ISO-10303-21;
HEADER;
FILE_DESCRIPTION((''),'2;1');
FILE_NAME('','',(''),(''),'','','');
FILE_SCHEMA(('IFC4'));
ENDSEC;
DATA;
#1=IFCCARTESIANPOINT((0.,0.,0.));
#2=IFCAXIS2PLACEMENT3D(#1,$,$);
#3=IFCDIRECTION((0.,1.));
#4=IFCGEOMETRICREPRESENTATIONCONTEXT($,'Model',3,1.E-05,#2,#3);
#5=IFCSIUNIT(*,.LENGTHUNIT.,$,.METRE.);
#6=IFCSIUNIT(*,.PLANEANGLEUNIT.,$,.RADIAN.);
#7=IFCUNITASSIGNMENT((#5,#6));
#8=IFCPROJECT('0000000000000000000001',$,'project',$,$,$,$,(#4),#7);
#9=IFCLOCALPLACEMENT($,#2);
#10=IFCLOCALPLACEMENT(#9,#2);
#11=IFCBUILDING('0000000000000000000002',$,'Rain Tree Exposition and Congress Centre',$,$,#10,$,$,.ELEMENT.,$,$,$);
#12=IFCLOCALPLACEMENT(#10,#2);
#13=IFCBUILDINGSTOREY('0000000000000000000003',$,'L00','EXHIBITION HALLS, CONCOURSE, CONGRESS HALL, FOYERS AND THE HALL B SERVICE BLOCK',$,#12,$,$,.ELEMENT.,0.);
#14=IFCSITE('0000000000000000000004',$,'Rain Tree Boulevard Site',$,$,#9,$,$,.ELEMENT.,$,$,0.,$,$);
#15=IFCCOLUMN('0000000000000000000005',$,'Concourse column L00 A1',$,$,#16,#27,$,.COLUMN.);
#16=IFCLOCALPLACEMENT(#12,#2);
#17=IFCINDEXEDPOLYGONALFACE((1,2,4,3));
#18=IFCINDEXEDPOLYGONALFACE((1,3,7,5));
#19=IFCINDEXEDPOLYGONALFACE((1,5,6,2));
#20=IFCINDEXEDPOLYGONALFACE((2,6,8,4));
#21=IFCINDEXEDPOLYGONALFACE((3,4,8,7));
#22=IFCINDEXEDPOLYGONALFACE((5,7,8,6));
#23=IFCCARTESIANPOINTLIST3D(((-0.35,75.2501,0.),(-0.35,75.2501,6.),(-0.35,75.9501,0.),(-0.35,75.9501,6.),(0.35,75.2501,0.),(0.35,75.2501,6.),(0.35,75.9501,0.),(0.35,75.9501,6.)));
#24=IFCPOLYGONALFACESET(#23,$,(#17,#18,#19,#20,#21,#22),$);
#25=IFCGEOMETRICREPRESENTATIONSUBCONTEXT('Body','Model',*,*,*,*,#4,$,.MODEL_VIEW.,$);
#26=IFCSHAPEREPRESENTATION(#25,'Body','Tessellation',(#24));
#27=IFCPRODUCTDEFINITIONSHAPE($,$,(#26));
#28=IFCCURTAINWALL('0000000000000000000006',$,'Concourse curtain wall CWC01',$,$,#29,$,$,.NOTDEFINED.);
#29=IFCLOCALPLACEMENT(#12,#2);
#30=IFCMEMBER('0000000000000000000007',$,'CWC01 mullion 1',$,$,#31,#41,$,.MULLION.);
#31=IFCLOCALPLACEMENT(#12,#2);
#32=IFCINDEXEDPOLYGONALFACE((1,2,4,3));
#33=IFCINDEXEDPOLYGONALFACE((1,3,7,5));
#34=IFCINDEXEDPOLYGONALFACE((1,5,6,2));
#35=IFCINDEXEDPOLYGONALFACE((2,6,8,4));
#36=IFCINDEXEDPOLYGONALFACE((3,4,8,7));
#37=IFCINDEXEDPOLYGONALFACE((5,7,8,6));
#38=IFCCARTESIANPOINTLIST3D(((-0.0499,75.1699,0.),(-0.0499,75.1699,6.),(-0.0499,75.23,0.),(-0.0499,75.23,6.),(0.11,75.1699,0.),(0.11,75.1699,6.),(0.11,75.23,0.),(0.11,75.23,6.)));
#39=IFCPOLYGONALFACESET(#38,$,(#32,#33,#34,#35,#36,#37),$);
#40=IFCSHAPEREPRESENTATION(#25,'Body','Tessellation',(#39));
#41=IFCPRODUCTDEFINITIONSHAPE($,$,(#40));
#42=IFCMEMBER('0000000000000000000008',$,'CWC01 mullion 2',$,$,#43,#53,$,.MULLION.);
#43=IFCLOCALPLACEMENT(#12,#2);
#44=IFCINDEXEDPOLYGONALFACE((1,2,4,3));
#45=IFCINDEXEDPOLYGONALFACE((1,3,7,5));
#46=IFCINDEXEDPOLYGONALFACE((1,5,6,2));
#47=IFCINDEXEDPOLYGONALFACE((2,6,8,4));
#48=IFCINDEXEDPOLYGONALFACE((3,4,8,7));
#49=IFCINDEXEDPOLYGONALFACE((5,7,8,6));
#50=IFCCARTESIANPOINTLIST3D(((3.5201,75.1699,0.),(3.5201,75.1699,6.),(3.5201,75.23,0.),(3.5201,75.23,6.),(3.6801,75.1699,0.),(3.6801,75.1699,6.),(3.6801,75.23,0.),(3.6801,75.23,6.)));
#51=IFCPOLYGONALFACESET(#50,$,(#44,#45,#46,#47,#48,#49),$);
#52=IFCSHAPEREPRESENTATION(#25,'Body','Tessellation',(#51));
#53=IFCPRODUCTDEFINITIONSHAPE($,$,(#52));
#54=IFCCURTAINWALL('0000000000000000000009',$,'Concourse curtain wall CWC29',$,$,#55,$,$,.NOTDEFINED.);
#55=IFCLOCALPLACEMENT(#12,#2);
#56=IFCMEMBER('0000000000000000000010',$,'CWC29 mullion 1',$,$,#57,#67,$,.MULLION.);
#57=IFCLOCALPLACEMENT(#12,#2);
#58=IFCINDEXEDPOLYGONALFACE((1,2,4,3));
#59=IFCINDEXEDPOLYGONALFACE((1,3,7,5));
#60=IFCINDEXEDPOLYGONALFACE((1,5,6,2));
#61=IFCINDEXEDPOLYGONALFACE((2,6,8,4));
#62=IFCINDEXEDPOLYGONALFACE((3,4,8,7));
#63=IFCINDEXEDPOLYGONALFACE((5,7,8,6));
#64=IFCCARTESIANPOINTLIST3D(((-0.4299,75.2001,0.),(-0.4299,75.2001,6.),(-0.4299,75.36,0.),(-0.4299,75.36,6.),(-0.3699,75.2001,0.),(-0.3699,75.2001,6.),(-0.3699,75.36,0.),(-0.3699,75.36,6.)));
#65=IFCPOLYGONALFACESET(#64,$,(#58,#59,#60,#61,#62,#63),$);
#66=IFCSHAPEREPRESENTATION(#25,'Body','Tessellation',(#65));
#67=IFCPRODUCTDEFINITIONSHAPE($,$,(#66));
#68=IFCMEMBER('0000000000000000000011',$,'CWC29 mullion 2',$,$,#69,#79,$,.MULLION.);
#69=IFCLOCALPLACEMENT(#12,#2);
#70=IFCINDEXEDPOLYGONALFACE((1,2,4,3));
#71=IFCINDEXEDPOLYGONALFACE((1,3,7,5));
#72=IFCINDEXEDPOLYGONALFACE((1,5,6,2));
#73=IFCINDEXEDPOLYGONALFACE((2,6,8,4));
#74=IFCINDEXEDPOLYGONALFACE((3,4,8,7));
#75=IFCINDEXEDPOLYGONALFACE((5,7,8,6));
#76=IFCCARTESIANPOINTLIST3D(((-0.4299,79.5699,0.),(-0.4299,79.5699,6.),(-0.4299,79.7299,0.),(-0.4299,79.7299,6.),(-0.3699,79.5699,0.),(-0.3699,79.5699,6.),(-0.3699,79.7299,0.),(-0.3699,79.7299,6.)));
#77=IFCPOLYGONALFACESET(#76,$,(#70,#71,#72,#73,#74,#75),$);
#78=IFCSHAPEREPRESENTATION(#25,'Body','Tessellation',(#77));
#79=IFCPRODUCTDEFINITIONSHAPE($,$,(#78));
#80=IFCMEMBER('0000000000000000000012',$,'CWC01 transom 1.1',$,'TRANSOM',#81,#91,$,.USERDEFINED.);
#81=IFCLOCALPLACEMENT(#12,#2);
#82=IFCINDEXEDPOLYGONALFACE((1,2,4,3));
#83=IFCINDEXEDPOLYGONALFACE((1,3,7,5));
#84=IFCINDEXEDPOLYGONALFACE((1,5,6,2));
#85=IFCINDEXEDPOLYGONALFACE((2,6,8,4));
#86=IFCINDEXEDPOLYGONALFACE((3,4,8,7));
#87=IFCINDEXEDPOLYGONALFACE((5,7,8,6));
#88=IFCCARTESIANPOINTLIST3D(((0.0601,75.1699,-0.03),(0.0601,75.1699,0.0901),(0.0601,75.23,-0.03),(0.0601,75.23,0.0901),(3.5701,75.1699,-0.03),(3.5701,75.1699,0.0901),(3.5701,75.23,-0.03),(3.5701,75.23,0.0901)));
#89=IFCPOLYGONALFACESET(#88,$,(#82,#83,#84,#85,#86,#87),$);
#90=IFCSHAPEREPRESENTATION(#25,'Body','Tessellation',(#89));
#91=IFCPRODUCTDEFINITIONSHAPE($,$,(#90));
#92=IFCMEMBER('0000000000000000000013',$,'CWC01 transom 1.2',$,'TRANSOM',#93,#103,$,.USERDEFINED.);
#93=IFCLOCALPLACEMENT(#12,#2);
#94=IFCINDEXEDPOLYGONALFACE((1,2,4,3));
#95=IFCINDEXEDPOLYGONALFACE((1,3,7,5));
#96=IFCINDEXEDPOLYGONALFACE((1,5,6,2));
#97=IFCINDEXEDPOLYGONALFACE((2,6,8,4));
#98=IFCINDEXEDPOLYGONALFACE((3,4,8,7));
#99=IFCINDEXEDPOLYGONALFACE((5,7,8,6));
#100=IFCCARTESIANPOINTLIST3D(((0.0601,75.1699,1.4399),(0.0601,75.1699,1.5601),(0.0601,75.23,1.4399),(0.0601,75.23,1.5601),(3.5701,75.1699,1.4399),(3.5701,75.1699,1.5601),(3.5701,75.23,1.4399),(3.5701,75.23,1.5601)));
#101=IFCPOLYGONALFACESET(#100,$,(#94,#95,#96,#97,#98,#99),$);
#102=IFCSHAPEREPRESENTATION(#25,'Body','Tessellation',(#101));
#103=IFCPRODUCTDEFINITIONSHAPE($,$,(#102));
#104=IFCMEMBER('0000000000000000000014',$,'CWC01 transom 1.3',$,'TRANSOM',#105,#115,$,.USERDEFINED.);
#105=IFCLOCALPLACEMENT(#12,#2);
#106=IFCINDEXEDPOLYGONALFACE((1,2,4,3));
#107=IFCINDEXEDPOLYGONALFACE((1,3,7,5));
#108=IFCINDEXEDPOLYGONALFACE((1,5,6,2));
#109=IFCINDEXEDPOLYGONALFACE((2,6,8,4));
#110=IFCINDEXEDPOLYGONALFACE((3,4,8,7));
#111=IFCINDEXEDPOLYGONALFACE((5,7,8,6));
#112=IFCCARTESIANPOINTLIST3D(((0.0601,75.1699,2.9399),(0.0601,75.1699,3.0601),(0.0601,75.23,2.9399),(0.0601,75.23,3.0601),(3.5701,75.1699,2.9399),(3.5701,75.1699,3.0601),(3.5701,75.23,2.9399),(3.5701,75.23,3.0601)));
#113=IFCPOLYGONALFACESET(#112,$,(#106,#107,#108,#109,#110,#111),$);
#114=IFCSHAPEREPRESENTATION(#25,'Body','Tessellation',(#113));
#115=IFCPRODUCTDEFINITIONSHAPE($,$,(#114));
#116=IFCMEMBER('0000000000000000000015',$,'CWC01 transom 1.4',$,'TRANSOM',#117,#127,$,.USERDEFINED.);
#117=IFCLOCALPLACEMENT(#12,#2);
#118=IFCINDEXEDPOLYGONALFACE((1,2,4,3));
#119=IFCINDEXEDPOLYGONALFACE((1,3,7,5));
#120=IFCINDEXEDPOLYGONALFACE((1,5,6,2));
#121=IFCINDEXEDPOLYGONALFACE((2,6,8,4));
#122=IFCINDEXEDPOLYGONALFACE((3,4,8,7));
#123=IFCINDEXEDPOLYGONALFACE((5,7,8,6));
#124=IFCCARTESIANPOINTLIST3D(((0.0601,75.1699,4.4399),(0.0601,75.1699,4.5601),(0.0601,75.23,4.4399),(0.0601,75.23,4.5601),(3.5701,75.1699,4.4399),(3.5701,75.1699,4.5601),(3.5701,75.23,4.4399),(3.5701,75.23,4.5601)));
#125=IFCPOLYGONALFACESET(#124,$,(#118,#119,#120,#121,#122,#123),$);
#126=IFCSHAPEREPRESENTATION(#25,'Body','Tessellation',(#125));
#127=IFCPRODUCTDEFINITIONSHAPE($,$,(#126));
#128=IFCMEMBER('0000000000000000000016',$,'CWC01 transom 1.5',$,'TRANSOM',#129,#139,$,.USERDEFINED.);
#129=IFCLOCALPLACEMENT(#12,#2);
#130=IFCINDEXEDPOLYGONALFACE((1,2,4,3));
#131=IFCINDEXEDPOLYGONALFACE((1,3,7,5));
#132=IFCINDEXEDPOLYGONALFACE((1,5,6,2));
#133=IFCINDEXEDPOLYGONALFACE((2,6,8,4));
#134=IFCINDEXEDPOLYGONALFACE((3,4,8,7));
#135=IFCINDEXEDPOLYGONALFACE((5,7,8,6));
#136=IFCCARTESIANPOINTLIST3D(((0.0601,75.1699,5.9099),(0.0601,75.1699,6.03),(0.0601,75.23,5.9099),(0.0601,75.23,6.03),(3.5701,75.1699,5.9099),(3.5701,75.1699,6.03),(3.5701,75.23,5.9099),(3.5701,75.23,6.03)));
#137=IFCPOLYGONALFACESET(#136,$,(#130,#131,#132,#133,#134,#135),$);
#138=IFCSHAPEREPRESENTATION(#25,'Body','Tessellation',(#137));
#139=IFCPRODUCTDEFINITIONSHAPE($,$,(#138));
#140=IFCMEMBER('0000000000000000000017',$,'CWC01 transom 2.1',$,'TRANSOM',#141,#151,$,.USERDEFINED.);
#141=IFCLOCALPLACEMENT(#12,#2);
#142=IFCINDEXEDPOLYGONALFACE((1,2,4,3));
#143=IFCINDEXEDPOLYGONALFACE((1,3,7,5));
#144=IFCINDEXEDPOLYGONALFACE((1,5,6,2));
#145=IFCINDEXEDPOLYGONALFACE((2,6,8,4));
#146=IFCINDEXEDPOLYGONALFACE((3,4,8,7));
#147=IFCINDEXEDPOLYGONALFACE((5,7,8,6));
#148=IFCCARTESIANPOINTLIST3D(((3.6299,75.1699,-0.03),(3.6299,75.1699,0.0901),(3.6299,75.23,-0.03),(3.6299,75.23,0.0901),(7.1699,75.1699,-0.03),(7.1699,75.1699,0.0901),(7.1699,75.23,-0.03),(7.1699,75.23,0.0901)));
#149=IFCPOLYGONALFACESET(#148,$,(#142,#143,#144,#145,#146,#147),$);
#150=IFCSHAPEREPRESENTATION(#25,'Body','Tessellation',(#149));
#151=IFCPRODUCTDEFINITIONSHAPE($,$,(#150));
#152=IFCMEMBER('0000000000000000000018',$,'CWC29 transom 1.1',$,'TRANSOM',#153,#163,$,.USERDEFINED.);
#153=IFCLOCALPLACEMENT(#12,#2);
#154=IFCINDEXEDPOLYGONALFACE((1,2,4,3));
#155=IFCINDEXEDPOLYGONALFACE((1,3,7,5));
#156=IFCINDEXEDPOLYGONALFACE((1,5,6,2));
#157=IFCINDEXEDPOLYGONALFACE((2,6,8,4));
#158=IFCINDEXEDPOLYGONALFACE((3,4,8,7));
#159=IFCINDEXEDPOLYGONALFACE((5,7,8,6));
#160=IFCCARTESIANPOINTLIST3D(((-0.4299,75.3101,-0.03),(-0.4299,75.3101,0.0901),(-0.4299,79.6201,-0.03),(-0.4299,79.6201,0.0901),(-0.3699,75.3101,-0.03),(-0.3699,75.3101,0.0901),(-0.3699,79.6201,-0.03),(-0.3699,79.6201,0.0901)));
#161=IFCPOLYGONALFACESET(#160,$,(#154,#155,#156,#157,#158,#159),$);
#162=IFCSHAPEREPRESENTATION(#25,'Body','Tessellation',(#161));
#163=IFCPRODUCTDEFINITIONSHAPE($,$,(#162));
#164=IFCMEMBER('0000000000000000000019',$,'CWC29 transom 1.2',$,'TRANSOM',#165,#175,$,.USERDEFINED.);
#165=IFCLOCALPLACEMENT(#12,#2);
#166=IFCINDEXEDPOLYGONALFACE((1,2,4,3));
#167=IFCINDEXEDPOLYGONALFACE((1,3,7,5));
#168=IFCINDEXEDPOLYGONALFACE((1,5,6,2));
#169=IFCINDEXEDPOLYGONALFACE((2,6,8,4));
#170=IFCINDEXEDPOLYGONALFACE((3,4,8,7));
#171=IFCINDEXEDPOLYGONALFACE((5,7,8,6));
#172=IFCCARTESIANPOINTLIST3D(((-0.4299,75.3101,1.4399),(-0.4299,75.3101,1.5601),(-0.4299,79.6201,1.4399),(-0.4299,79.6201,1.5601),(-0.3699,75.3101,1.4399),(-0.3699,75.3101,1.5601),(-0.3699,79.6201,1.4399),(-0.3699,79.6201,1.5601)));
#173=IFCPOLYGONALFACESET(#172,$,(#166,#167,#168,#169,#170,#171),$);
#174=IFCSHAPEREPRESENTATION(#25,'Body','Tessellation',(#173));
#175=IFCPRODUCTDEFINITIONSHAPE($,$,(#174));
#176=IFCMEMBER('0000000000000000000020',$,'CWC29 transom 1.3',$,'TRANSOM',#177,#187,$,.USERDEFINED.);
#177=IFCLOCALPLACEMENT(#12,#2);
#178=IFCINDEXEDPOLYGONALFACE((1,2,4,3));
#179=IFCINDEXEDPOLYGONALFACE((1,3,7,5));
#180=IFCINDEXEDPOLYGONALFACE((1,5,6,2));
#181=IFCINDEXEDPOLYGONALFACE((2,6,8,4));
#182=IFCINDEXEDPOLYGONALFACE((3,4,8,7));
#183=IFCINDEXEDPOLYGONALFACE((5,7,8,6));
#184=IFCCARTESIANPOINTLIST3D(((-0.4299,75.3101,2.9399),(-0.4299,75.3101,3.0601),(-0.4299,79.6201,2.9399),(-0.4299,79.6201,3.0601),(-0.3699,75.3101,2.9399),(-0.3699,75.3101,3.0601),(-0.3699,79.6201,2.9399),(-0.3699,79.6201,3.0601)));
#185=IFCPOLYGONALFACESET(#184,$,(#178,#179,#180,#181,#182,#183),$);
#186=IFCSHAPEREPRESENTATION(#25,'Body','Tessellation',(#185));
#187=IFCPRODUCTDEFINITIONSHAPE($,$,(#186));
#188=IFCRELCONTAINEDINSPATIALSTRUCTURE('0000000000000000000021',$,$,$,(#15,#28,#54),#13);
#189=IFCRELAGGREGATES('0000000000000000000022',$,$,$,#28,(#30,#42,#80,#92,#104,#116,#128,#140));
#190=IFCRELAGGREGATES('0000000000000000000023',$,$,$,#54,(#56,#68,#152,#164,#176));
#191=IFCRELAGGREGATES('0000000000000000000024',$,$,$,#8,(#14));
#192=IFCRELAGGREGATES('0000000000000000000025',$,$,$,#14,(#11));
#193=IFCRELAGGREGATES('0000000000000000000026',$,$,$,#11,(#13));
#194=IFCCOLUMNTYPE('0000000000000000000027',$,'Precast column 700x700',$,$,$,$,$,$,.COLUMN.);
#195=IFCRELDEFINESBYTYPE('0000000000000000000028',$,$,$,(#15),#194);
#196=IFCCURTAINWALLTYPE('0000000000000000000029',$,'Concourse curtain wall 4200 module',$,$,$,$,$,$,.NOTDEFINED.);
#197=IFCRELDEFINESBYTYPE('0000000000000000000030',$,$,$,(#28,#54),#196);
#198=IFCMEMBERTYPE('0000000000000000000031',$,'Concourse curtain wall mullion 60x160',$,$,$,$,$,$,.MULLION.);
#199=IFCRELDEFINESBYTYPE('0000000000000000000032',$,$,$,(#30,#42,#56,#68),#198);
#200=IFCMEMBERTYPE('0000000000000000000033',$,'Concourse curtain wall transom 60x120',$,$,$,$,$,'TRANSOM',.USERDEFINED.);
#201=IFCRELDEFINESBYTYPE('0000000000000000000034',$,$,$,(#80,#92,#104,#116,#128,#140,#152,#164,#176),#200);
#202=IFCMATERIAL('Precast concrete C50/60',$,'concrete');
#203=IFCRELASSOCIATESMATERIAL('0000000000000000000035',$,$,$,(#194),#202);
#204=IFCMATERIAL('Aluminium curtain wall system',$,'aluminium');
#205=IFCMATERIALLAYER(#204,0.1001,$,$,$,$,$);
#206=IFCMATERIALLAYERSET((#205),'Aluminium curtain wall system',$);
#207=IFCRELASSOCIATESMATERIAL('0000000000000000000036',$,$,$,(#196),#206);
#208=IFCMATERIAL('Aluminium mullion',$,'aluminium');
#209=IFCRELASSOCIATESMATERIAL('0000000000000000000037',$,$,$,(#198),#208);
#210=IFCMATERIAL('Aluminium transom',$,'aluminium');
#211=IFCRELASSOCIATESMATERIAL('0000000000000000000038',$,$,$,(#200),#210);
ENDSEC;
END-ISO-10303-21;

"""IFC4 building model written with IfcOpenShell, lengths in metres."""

from ifc_helpers import new_model, si_unit, direction, frame, origin, origin_2d, place, context, subcontext, project, spatial, rectangle, extrude, material, layer, layer_set, material_profile, profile_set, type_object, element, aggregate, save


model = new_model("IFC4")

# Units and contexts
model_context = context("Model", 3, precision=1e-05, world=origin(), true_north=direction((0.0, 1.0)))
body_context = subcontext(model_context, "Body", "Model", "MODEL_VIEW")
ifc_project = project(units=[si_unit("LENGTHUNIT", "METRE"), si_unit("PLANEANGLEUNIT", "RADIAN")], contexts=[model_context])

# Site, building, storey
site_placement = place(None, origin())
site = spatial("IfcSite", under=ifc_project, at=site_placement, Name="Rain Tree Boulevard Site", CompositionType="ELEMENT", RefElevation=0.0)
building_placement = place(site_placement, origin())
building = spatial("IfcBuilding", under=site, at=building_placement, Name="Rain Tree Exposition and Congress Centre", CompositionType="ELEMENT")
storey_placement = place(building_placement, origin())
storey = spatial("IfcBuildingStorey", under=building, at=storey_placement, Name="L00", Description="EXHIBITION HALLS, CONCOURSE, CONGRESS HALL, FOYERS AND THE HALL B SERVICE BLOCK", CompositionType="ELEMENT", Elevation=0.0)

# Column
ifc_material_1 = material(Name="Precast concrete C50/60", Category="concrete")
ifc_material_profile_1 = material_profile(ifc_material_1, rectangle(XDim=0.7, YDim=0.7, at=origin_2d()), Name="RC 700x700")
ifc_profile_set_1 = profile_set([ifc_material_profile_1], Name="Precast concrete C50/60")
column_type = type_object("IfcColumnType", Name="Precast column 700x700", PredefinedType="COLUMN", material=ifc_profile_set_1)
column_placement = place(storey_placement, frame((0.0, 75.6001, 0.0), z_axis=(0.0, 0.0, 1.0), x_axis=(1.0, 0.0, 0.0)))
element("IfcColumn", 1, at=column_placement, inside=storey, type_object=column_type, Name="Concourse column L00 A1", PredefinedType="COLUMN", context=body_context, shape_type="SweptSolid", body=[
    extrude(rectangle(XDim=0.7, YDim=0.7, at=origin_2d()), origin(), (0.0, 0.0, 1.0), 6.0),
])

# Curtain walls, members
ifc_material_2 = material(Name="Aluminium curtain wall system", Category="aluminium")
ifc_layer_1 = layer(ifc_material_2, 0.1001)
ifc_layer_set_1 = layer_set([ifc_layer_1], Name="Aluminium curtain wall system")
curtain_wall_type = type_object("IfcCurtainWallType", Name="Concourse curtain wall 4200 module", PredefinedType="NOTDEFINED", material=ifc_layer_set_1)
curtain_wall_1_placement = place(storey_placement, origin())
curtain_wall_1 = element("IfcCurtainWall", 2, at=curtain_wall_1_placement, inside=storey, type_object=curtain_wall_type, Name="Concourse curtain wall CWC01", PredefinedType="NOTDEFINED")
ifc_material_3 = material(Name="Aluminium mullion", Category="aluminium")
ifc_material_profile_2 = material_profile(ifc_material_3, rectangle(XDim=0.0601, YDim=0.1599, at=origin_2d()), Name="AL 60x160")
ifc_profile_set_2 = profile_set([ifc_material_profile_2], Name="Aluminium mullion")
member_type_1 = type_object("IfcMemberType", Name="Concourse curtain wall mullion 60x160", PredefinedType="MULLION", material=ifc_profile_set_2)
member_1_placement = place(storey_placement, frame((0.03, 75.2, 0.0), z_axis=(0.0, 0.0, 1.0), x_axis=(0.0, 1.0, 0.0)))
member_1 = element("IfcMember", 3, at=member_1_placement, type_object=member_type_1, Name="CWC01 mullion 1", PredefinedType="MULLION", context=body_context, shape_type="SweptSolid", body=[
    extrude(rectangle(XDim=0.0601, YDim=0.1599, at=origin_2d()), origin(), (0.0, 0.0, 1.0), 6.0),
])
member_2_placement = place(storey_placement, frame((3.6001, 75.2, 0.0), z_axis=(0.0, 0.0, 1.0), x_axis=(0.0, 1.0, 0.0)))
member_2 = element("IfcMember", 4, at=member_2_placement, type_object=member_type_1, Name="CWC01 mullion 2", PredefinedType="MULLION", context=body_context, shape_type="SweptSolid", body=[
    extrude(rectangle(XDim=0.0601, YDim=0.1599, at=origin_2d()), origin(), (0.0, 0.0, 1.0), 6.0),
])
curtain_wall_2_placement = place(storey_placement, origin())
curtain_wall_2 = element("IfcCurtainWall", 5, at=curtain_wall_2_placement, inside=storey, type_object=curtain_wall_type, Name="Concourse curtain wall CWC29", PredefinedType="NOTDEFINED")
member_3_placement = place(storey_placement, frame((-0.3999, 75.28, 0.0), z_axis=(0.0, 0.0, 1.0), x_axis=(-1.0, 0.0, 0.0)))
member_3 = element("IfcMember", 6, at=member_3_placement, type_object=member_type_1, Name="CWC29 mullion 1", PredefinedType="MULLION", context=body_context, shape_type="SweptSolid", body=[
    extrude(rectangle(XDim=0.0601, YDim=0.1599, at=origin_2d()), origin(), (0.0, 0.0, 1.0), 6.0),
])
member_4_placement = place(storey_placement, frame((-0.3999, 79.6499, 0.0), z_axis=(0.0, 0.0, 1.0), x_axis=(-1.0, 0.0, 0.0)))
member_4 = element("IfcMember", 7, at=member_4_placement, type_object=member_type_1, Name="CWC29 mullion 2", PredefinedType="MULLION", context=body_context, shape_type="SweptSolid", body=[
    extrude(rectangle(XDim=0.0601, YDim=0.1599, at=origin_2d()), origin(), (0.0, 0.0, 1.0), 6.0),
])

# Members
ifc_material_4 = material(Name="Aluminium transom", Category="aluminium")
ifc_material_profile_3 = material_profile(ifc_material_4, rectangle(XDim=0.0601, YDim=0.1201, at=origin_2d()), Name="AL 60x120")
ifc_profile_set_3 = profile_set([ifc_material_profile_3], Name="Aluminium transom")
member_type_2 = type_object("IfcMemberType", Name="Concourse curtain wall transom 60x120", ElementType="TRANSOM", PredefinedType="USERDEFINED", material=ifc_profile_set_3)
member_5_placement = place(storey_placement, frame((0.0601, 75.2, 0.03), z_axis=(1.0, 0.0, 0.0), x_axis=(0.0, 1.0, 0.0)))
member_5 = element("IfcMember", 8, at=member_5_placement, type_object=member_type_2, Name="CWC01 transom 1.1", ObjectType="TRANSOM", PredefinedType="USERDEFINED", context=body_context, shape_type="SweptSolid", body=[
    extrude(rectangle(XDim=0.0601, YDim=0.1201, at=origin_2d()), origin(), (0.0, 0.0, 1.0), 3.51),
])
member_6_placement = place(storey_placement, frame((0.0601, 75.2, 1.5), z_axis=(1.0, 0.0, 0.0), x_axis=(0.0, 1.0, 0.0)))
member_6 = element("IfcMember", 9, at=member_6_placement, type_object=member_type_2, Name="CWC01 transom 1.2", ObjectType="TRANSOM", PredefinedType="USERDEFINED", context=body_context, shape_type="SweptSolid", body=[
    extrude(rectangle(XDim=0.0601, YDim=0.1201, at=origin_2d()), origin(), (0.0, 0.0, 1.0), 3.51),
])
member_7_placement = place(storey_placement, frame((0.0601, 75.2, 3.0), z_axis=(1.0, 0.0, 0.0), x_axis=(0.0, 1.0, 0.0)))
member_7 = element("IfcMember", 10, at=member_7_placement, type_object=member_type_2, Name="CWC01 transom 1.3", ObjectType="TRANSOM", PredefinedType="USERDEFINED", context=body_context, shape_type="SweptSolid", body=[
    extrude(rectangle(XDim=0.0601, YDim=0.1201, at=origin_2d()), origin(), (0.0, 0.0, 1.0), 3.51),
])
member_8_placement = place(storey_placement, frame((0.0601, 75.2, 4.5), z_axis=(1.0, 0.0, 0.0), x_axis=(0.0, 1.0, 0.0)))
member_8 = element("IfcMember", 11, at=member_8_placement, type_object=member_type_2, Name="CWC01 transom 1.4", ObjectType="TRANSOM", PredefinedType="USERDEFINED", context=body_context, shape_type="SweptSolid", body=[
    extrude(rectangle(XDim=0.0601, YDim=0.1201, at=origin_2d()), origin(), (0.0, 0.0, 1.0), 3.51),
])
member_9_placement = place(storey_placement, frame((0.0601, 75.2, 5.97), z_axis=(1.0, 0.0, 0.0), x_axis=(0.0, 1.0, 0.0)))
member_9 = element("IfcMember", 12, at=member_9_placement, type_object=member_type_2, Name="CWC01 transom 1.5", ObjectType="TRANSOM", PredefinedType="USERDEFINED", context=body_context, shape_type="SweptSolid", body=[
    extrude(rectangle(XDim=0.0601, YDim=0.1201, at=origin_2d()), origin(), (0.0, 0.0, 1.0), 3.51),
])
member_10_placement = place(storey_placement, frame((3.6299, 75.2, 0.03), z_axis=(1.0, 0.0, 0.0), x_axis=(0.0, 1.0, 0.0)))
member_10 = element("IfcMember", 13, at=member_10_placement, type_object=member_type_2, Name="CWC01 transom 2.1", ObjectType="TRANSOM", PredefinedType="USERDEFINED", context=body_context, shape_type="SweptSolid", body=[
    extrude(rectangle(XDim=0.0601, YDim=0.1201, at=origin_2d()), origin(), (0.0, 0.0, 1.0), 3.54),
])
member_11_placement = place(storey_placement, frame((-0.3999, 75.3101, 0.03), z_axis=(0.0, 1.0, 0.0), x_axis=(-1.0, 0.0, 0.0)))
member_11 = element("IfcMember", 14, at=member_11_placement, type_object=member_type_2, Name="CWC29 transom 1.1", ObjectType="TRANSOM", PredefinedType="USERDEFINED", context=body_context, shape_type="SweptSolid", body=[
    extrude(rectangle(XDim=0.0601, YDim=0.1201, at=origin_2d()), origin(), (0.0, 0.0, 1.0), 4.3101),
])
member_12_placement = place(storey_placement, frame((-0.3999, 75.3101, 1.5), z_axis=(0.0, 1.0, 0.0), x_axis=(-1.0, 0.0, 0.0)))
member_12 = element("IfcMember", 15, at=member_12_placement, type_object=member_type_2, Name="CWC29 transom 1.2", ObjectType="TRANSOM", PredefinedType="USERDEFINED", context=body_context, shape_type="SweptSolid", body=[
    extrude(rectangle(XDim=0.0601, YDim=0.1201, at=origin_2d()), origin(), (0.0, 0.0, 1.0), 4.3101),
])
member_13_placement = place(storey_placement, frame((-0.3999, 75.3101, 3.0), z_axis=(0.0, 1.0, 0.0), x_axis=(-1.0, 0.0, 0.0)))
member_13 = element("IfcMember", 16, at=member_13_placement, type_object=member_type_2, Name="CWC29 transom 1.3", ObjectType="TRANSOM", PredefinedType="USERDEFINED", context=body_context, shape_type="SweptSolid", body=[
    extrude(rectangle(XDim=0.0601, YDim=0.1201, at=origin_2d()), origin(), (0.0, 0.0, 1.0), 4.3101),
])

aggregate(curtain_wall_1, [member_1, member_2, member_5, member_6, member_7, member_8, member_9, member_10])
aggregate(curtain_wall_2, [member_3, member_4, member_11, member_12, member_13])

save(model, "model.ifc")
